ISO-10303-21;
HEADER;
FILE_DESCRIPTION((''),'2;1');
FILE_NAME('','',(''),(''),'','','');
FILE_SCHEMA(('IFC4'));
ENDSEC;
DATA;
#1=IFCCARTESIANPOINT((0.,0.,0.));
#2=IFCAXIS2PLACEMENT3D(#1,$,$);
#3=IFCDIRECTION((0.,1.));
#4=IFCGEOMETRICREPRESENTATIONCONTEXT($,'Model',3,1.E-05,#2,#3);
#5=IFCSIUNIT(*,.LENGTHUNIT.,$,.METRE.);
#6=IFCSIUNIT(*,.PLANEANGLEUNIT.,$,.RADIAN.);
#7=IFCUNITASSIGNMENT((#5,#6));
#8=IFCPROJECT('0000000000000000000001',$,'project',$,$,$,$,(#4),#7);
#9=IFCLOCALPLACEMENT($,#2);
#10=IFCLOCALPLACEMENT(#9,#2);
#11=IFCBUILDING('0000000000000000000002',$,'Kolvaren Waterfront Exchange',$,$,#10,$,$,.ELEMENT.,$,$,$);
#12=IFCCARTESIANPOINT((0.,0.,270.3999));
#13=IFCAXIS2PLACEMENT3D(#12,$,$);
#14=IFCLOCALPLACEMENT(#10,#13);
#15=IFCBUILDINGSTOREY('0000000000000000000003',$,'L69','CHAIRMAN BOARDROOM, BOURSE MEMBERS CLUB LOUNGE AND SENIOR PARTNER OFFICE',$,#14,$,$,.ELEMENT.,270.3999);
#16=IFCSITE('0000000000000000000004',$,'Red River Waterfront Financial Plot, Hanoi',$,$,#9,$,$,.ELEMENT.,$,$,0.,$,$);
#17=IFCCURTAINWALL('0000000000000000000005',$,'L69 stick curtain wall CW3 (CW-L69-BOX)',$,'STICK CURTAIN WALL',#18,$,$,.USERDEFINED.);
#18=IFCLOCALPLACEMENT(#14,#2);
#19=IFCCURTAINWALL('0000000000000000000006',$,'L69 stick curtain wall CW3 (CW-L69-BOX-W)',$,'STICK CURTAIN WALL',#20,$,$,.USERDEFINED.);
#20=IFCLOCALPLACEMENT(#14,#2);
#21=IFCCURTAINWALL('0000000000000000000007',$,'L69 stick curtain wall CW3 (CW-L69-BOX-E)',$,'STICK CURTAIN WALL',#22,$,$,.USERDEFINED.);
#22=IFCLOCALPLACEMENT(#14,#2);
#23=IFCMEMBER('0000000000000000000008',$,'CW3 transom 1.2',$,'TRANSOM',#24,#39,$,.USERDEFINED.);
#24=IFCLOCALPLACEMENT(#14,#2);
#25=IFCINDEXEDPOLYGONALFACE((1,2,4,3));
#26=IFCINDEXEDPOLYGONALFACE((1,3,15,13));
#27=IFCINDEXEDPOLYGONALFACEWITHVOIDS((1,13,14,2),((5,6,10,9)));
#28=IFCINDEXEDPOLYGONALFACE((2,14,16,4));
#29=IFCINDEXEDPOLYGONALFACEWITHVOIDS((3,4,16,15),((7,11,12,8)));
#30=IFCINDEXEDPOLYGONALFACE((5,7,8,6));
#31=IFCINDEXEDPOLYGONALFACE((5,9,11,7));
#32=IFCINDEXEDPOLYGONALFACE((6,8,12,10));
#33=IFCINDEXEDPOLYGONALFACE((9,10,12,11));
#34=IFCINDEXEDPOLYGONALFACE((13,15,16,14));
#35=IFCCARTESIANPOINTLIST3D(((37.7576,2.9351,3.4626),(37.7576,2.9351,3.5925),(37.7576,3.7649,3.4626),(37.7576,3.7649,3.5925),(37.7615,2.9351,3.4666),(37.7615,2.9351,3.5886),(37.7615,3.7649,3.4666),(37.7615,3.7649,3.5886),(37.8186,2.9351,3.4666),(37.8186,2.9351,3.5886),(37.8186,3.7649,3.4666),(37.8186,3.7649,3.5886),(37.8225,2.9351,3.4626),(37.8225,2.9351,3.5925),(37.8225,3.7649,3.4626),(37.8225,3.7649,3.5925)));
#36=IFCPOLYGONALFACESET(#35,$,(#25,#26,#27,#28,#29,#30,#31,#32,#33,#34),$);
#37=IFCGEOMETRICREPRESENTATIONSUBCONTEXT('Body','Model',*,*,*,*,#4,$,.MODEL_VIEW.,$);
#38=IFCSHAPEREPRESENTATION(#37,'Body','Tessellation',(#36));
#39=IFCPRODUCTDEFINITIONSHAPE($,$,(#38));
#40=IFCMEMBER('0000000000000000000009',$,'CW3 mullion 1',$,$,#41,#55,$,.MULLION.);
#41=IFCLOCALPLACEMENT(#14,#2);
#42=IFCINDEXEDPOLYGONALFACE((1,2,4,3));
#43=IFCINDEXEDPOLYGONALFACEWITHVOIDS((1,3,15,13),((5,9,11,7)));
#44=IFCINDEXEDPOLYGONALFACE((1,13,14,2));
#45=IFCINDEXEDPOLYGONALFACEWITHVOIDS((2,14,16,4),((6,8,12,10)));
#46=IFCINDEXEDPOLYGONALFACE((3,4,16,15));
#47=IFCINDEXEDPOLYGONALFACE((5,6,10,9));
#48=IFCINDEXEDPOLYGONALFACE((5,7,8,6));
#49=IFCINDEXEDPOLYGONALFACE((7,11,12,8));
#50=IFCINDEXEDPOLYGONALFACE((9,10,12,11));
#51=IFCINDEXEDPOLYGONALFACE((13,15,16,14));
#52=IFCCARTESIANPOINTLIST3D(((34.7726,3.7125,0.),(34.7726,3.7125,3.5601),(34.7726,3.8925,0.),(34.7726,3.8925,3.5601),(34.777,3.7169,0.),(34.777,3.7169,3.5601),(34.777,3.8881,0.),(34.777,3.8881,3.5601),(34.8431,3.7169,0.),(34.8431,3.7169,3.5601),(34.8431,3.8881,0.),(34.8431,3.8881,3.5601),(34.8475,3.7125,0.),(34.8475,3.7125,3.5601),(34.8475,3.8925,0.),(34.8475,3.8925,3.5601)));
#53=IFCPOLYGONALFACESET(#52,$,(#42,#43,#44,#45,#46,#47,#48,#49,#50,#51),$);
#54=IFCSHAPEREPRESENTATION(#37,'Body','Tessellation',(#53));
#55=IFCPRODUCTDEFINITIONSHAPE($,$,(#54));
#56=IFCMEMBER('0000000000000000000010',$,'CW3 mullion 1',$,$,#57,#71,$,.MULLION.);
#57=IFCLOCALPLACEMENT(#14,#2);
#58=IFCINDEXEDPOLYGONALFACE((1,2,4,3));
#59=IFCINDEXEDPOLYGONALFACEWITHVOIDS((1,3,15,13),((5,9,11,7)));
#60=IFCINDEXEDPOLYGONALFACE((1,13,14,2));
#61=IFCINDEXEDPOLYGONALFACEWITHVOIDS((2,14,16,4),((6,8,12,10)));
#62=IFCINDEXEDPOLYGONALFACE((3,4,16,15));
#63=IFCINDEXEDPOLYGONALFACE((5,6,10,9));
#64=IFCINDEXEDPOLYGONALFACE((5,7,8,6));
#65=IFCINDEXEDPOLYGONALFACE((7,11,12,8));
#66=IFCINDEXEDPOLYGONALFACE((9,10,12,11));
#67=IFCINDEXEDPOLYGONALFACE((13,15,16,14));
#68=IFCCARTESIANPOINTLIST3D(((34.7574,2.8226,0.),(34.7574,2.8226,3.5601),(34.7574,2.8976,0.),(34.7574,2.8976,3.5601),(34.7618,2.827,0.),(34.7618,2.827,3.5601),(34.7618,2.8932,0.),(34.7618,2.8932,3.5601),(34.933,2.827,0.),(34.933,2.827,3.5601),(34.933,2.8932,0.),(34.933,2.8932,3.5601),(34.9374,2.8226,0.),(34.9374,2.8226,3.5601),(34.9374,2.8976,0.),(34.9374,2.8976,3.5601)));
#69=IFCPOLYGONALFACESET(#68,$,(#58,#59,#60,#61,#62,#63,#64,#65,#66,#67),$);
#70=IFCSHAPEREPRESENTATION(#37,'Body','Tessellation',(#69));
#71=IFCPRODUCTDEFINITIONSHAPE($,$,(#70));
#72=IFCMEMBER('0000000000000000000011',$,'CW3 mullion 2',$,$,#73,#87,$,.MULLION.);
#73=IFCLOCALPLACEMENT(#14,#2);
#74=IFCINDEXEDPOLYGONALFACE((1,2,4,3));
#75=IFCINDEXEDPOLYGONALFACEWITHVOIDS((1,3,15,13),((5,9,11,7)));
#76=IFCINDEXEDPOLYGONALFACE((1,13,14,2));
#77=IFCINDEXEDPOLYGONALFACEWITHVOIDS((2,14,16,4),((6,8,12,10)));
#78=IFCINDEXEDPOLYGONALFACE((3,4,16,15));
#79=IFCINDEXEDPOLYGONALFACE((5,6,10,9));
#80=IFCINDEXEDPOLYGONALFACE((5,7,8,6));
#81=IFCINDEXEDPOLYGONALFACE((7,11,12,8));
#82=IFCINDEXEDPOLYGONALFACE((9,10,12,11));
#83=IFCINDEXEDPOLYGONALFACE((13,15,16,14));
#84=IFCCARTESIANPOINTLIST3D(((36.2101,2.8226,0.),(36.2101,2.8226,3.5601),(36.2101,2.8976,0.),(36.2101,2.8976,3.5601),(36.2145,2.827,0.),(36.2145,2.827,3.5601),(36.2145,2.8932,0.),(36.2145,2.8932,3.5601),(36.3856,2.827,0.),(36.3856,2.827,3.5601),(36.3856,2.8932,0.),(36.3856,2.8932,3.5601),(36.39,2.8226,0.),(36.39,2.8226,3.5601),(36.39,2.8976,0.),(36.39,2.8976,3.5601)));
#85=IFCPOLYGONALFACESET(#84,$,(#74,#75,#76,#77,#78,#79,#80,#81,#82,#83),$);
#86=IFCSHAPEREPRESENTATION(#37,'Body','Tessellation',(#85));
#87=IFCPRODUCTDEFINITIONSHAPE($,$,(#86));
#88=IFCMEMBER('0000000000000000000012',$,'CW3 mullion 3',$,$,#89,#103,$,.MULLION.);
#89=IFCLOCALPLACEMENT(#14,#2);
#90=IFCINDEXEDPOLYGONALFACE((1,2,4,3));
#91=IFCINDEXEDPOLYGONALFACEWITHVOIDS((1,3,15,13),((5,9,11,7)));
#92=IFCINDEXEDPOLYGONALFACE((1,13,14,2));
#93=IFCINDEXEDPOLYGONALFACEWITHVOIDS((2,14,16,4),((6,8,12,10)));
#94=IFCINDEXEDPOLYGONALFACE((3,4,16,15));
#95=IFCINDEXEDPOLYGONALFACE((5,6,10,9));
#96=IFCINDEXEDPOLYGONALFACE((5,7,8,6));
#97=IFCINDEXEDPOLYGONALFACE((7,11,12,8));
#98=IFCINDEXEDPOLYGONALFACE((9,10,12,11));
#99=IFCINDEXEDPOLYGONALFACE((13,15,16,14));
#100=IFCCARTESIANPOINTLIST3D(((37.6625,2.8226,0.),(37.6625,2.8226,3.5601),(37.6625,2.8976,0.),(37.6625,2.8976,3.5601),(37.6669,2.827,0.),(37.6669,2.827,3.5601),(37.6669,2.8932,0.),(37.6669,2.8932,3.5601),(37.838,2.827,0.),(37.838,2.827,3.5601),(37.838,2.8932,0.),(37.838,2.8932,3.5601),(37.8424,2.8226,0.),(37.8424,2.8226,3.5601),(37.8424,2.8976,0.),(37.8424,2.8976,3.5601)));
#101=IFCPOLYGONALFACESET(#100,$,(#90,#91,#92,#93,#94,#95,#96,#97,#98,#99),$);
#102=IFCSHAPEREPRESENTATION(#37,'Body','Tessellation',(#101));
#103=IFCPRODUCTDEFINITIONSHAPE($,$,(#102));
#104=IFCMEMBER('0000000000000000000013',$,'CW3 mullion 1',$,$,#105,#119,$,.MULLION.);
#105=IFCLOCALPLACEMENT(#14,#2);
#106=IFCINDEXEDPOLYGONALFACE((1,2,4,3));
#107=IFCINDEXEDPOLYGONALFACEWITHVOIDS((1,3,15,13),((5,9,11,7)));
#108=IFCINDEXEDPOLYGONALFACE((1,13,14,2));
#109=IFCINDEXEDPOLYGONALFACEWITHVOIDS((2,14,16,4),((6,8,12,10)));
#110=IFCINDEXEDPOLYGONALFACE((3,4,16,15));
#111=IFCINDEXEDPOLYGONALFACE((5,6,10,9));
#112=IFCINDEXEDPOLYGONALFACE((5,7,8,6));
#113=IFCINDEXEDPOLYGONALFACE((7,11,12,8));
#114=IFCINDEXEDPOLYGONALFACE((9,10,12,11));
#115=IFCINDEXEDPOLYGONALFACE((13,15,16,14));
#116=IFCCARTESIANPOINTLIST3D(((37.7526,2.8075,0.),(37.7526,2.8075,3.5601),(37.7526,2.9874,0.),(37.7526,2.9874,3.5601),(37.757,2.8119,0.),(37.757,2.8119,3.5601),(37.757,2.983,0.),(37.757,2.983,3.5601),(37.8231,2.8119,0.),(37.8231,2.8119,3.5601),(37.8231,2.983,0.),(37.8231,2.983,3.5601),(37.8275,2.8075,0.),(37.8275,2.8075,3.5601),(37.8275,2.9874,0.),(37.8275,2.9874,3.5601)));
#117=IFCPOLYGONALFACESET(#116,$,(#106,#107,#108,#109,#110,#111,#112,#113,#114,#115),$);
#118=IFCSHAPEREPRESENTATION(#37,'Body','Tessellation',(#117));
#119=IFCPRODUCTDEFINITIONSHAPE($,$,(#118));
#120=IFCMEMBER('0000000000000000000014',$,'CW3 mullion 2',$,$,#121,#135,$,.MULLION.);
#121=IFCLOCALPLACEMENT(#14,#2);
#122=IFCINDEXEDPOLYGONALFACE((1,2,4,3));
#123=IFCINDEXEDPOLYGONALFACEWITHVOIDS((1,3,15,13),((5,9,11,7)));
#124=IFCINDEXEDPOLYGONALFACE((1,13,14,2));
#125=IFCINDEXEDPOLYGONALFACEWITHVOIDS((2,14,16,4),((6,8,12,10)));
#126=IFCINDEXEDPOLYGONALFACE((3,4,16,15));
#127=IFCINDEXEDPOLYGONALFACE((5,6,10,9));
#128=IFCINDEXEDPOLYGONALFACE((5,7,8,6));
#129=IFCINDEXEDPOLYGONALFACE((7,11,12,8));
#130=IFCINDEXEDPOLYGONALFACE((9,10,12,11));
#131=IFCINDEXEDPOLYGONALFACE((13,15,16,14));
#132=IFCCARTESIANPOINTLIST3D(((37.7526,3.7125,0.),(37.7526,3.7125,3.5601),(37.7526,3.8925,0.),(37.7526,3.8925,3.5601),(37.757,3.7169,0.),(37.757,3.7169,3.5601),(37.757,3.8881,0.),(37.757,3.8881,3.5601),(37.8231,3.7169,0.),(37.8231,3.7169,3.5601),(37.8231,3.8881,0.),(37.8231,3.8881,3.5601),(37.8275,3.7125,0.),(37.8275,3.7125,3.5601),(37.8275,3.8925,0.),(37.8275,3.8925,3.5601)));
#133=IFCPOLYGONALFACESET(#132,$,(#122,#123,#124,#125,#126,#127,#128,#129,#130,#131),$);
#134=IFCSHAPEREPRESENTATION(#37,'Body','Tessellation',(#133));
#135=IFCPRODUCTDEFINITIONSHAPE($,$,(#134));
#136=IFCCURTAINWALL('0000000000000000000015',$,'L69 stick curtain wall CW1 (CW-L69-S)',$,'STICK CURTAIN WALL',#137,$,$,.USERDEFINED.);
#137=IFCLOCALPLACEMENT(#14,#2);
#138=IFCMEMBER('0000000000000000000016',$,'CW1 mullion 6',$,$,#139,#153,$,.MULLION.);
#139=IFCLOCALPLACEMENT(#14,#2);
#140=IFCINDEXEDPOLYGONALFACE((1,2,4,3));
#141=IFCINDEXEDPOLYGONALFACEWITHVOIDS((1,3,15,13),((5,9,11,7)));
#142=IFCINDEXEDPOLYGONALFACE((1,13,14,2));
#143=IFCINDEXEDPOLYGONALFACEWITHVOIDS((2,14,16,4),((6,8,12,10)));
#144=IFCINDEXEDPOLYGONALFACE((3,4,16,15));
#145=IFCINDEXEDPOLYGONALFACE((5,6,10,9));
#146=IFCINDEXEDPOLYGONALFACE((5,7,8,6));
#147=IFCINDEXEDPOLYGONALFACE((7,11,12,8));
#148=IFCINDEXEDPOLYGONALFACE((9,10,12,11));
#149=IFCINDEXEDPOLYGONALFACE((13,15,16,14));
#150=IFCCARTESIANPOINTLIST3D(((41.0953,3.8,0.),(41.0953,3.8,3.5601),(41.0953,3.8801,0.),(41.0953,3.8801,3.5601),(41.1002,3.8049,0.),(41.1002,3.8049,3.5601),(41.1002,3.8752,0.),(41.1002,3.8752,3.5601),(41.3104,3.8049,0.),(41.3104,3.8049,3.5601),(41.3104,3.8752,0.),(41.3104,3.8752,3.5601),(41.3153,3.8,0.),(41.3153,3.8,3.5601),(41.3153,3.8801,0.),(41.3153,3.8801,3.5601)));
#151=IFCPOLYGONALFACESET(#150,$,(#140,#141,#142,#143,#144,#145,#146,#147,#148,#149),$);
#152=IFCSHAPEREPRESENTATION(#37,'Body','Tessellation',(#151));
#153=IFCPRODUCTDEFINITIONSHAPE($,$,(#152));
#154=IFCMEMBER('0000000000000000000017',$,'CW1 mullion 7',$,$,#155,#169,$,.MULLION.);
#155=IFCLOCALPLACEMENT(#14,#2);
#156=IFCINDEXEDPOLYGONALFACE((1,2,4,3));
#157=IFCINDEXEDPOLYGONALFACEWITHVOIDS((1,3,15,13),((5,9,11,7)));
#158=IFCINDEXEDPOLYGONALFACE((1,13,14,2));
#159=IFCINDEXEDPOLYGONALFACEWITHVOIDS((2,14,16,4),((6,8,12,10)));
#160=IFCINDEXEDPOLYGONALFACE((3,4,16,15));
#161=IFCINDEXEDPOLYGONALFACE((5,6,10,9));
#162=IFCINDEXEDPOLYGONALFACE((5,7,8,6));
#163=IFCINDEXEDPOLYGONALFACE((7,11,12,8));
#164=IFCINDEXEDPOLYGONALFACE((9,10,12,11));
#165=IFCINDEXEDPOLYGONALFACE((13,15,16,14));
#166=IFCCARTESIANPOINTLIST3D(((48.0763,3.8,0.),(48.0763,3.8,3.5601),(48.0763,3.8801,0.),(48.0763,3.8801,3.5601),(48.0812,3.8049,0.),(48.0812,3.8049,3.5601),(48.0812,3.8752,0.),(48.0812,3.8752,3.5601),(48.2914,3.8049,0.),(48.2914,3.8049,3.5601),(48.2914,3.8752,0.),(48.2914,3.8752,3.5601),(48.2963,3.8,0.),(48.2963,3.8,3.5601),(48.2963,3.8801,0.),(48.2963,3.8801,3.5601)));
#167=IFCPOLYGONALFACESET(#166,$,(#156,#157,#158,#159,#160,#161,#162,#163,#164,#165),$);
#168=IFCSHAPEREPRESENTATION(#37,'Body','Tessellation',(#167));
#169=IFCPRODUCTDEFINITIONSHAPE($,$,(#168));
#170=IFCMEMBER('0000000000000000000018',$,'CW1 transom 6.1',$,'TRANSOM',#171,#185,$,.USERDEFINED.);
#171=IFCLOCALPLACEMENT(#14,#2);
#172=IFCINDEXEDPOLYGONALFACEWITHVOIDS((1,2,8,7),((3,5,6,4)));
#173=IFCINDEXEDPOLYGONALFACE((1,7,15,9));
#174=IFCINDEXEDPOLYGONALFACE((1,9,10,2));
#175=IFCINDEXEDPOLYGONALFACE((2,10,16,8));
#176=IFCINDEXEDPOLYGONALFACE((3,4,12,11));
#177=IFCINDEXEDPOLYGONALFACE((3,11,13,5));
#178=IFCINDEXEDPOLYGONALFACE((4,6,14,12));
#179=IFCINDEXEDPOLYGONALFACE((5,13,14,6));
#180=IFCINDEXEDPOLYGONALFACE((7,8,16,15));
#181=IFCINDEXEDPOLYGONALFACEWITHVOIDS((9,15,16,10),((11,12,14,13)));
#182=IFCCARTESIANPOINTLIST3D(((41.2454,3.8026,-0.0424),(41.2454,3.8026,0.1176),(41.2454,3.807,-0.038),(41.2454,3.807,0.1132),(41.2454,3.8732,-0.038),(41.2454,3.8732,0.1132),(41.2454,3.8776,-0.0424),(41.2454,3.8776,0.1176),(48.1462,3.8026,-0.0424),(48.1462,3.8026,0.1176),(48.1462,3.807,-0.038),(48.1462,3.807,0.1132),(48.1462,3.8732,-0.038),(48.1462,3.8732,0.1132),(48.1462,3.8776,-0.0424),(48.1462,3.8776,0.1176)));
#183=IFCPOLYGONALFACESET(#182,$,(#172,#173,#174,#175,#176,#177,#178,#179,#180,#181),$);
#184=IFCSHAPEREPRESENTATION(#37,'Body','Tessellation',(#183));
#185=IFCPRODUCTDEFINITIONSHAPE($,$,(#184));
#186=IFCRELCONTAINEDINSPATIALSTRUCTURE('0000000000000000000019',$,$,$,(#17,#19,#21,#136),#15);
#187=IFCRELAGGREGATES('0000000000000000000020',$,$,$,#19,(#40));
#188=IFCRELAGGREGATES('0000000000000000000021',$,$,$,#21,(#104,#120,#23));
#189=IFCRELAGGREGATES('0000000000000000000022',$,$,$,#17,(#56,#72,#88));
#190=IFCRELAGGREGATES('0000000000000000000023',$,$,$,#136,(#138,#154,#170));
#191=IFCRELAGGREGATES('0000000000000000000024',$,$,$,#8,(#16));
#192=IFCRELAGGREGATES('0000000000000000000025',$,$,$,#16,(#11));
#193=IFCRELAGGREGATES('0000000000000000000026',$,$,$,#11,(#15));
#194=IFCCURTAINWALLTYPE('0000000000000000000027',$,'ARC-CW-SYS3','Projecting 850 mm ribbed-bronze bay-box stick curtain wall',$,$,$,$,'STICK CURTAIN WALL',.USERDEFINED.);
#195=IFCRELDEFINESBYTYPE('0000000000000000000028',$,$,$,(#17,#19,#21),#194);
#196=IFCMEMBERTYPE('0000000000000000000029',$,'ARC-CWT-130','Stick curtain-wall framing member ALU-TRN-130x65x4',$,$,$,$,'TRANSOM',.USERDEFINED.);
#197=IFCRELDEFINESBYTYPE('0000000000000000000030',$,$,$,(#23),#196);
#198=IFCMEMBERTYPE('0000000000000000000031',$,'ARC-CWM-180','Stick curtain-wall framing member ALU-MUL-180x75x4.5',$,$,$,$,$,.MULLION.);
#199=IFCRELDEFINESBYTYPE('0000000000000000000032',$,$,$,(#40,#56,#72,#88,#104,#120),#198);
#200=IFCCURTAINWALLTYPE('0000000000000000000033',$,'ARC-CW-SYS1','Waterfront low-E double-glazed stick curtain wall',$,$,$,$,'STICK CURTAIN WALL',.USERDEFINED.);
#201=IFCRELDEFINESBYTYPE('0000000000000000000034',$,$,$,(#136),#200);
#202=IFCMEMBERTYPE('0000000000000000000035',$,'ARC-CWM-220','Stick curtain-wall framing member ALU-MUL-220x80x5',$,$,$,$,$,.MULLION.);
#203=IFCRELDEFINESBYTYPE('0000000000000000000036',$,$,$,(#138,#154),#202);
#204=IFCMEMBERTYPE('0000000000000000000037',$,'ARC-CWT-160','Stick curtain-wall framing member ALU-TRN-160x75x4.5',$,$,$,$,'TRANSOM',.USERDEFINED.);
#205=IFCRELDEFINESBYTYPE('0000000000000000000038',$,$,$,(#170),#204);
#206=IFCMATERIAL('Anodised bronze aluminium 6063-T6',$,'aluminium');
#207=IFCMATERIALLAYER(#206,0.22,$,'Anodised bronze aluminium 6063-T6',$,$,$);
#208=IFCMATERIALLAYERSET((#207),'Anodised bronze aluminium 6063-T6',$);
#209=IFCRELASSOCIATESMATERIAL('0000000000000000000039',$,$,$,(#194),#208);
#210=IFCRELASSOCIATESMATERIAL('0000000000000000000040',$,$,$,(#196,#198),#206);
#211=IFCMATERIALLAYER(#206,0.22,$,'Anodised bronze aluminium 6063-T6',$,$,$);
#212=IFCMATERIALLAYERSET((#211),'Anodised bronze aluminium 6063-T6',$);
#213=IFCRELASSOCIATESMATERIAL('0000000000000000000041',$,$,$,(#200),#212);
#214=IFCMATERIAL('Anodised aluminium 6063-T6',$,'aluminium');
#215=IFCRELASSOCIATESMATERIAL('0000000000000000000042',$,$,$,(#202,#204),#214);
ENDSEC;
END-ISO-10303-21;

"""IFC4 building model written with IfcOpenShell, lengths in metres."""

from ifc_helpers import new_model, si_unit, direction, frame, origin, origin_with_axes, origin_2d, place, context, subcontext, project, spatial, hollow_rectangle, extrude, source, transform, mapped, material, layer, layer_set, material_profile, profile_set, type_object, element, aggregate, save


model = new_model("IFC4")

# Units and contexts
model_context = context("Model", 3, precision=1e-05, world=origin(), true_north=direction((0.0, 1.0)))
body_context = subcontext(model_context, "Body", "Model", "MODEL_VIEW")
ifc_project = project(units=[si_unit("LENGTHUNIT", "METRE"), si_unit("PLANEANGLEUNIT", "RADIAN")], contexts=[model_context])

# Site, building, storey
site_placement = place(None, origin())
site = spatial("IfcSite", under=ifc_project, at=site_placement, Name="Red River Waterfront Financial Plot, Hanoi", CompositionType="ELEMENT", RefElevation=0.0)
building_placement = place(site_placement, origin())
building = spatial("IfcBuilding", under=site, at=building_placement, Name="Kolvaren Waterfront Exchange", CompositionType="ELEMENT")
storey_placement = place(building_placement, frame((0.0, 0.0, 270.3999)))
storey = spatial("IfcBuildingStorey", under=building, at=storey_placement, Name="L69", Description="CHAIRMAN BOARDROOM, BOURSE MEMBERS CLUB LOUNGE AND SENIOR PARTNER OFFICE", CompositionType="ELEMENT", Elevation=270.3999)

# Curtain walls, member
ifc_material_1 = material(Name="Anodised bronze aluminium 6063-T6", Category="aluminium")
ifc_layer_1 = layer(ifc_material_1, 0.22, Name="Anodised bronze aluminium 6063-T6")
ifc_layer_set_1 = layer_set([ifc_layer_1], Name="Anodised bronze aluminium 6063-T6")
curtain_wall_type_1 = type_object("IfcCurtainWallType", Name="ARC-CW-SYS3", Description="Projecting 850 mm ribbed-bronze bay-box stick curtain wall", ElementType="STICK CURTAIN WALL", PredefinedType="USERDEFINED", material=ifc_layer_set_1)
curtain_wall_1_placement = place(storey_placement, origin())
curtain_wall_1 = element("IfcCurtainWall", 1, at=curtain_wall_1_placement, inside=storey, type_object=curtain_wall_type_1, Name="L69 stick curtain wall CW3 (CW-L69-BOX)", ObjectType="STICK CURTAIN WALL", PredefinedType="USERDEFINED")
ifc_material_profile_1 = material_profile(ifc_material_1, hollow_rectangle(XDim=0.0649, YDim=0.1299, WallThickness=0.0039, at=origin_2d()), Name="ALU-TRN-130x65x4")
ifc_profile_set_1 = profile_set([ifc_material_profile_1], Name="Anodised bronze aluminium 6063-T6")
member_type_1 = type_object("IfcMemberType", Name="ARC-CWT-130", Description="Stick curtain-wall framing member ALU-TRN-130x65x4", ElementType="TRANSOM", PredefinedType="USERDEFINED", material=ifc_profile_set_1)
curtain_wall_2_placement = place(storey_placement, origin())
curtain_wall_2 = element("IfcCurtainWall", 2, at=curtain_wall_2_placement, inside=storey, type_object=curtain_wall_type_1, Name="L69 stick curtain wall CW3 (CW-L69-BOX-W)", ObjectType="STICK CURTAIN WALL", PredefinedType="USERDEFINED")
shared_shape_1 = source(origin_with_axes(), body_context, "Body", "SweptSolid", [
    extrude(hollow_rectangle(XDim=0.0649, YDim=0.1299, WallThickness=0.0039, at=origin_2d()), origin(), (0.0, 0.0, 1.0), 0.8298),
])
curtain_wall_3_placement = place(storey_placement, origin())
curtain_wall_3 = element("IfcCurtainWall", 3, at=curtain_wall_3_placement, inside=storey, type_object=curtain_wall_type_1, Name="L69 stick curtain wall CW3 (CW-L69-BOX-E)", ObjectType="STICK CURTAIN WALL", PredefinedType="USERDEFINED")
member_1_placement = place(storey_placement, frame((37.79, 2.9351, 3.5276), z_axis=(0.0, 1.0, 0.0), x_axis=(-1.0, 0.0, 0.0)))
member_1 = element("IfcMember", 4, at=member_1_placement, type_object=member_type_1, Name="CW3 transom 1.2", ObjectType="TRANSOM", PredefinedType="USERDEFINED", context=body_context, shape_type="MappedRepresentation", body=[
    mapped(shared_shape_1, transform((0.0, 0.0, 0.0), x_axis=(1.0, 0.0, 0.0), y_axis=(0.0, 1.0, 0.0), z_axis=(0.0, 0.0, 1.0), scale=1.0)),
])

# Members
ifc_material_profile_2 = material_profile(ifc_material_1, hollow_rectangle(XDim=0.075, YDim=0.1799, WallThickness=0.0044, at=origin_2d()), Name="ALU-MUL-180x75x4.5")
ifc_profile_set_2 = profile_set([ifc_material_profile_2], Name="Anodised bronze aluminium 6063-T6")
member_type_2 = type_object("IfcMemberType", Name="ARC-CWM-180", Description="Stick curtain-wall framing member ALU-MUL-180x75x4.5", PredefinedType="MULLION", material=ifc_profile_set_2)
shared_shape_2 = source(origin_with_axes(), body_context, "Body", "SweptSolid", [
    extrude(hollow_rectangle(XDim=0.075, YDim=0.1799, WallThickness=0.0044, at=origin_2d()), origin(), (0.0, 0.0, 1.0), 3.5601),
])
member_2_placement = place(storey_placement, frame((34.8101, 3.8025, 0.0), z_axis=(0.0, 0.0, 1.0), x_axis=(1.0, 0.0, 0.0)))
member_2 = element("IfcMember", 5, at=member_2_placement, type_object=member_type_2, Name="CW3 mullion 1", PredefinedType="MULLION", context=body_context, shape_type="MappedRepresentation", body=[
    mapped(shared_shape_2, transform((0.0, 0.0, 0.0), x_axis=(1.0, 0.0, 0.0), y_axis=(0.0, 1.0, 0.0), z_axis=(0.0, 0.0, 1.0), scale=1.0)),
])
member_3_placement = place(storey_placement, frame((34.8474, 2.8601, 0.0), z_axis=(0.0, 0.0, 1.0), x_axis=(0.0, 1.0, 0.0)))
member_3 = element("IfcMember", 6, at=member_3_placement, type_object=member_type_2, Name="CW3 mullion 1", PredefinedType="MULLION", context=body_context, shape_type="MappedRepresentation", body=[
    mapped(shared_shape_2, transform((0.0, 0.0, 0.0), x_axis=(1.0, 0.0, 0.0), y_axis=(0.0, 1.0, 0.0), z_axis=(0.0, 0.0, 1.0), scale=1.0)),
])
member_4_placement = place(storey_placement, frame((36.3, 2.8601, 0.0), z_axis=(0.0, 0.0, 1.0), x_axis=(0.0, 1.0, 0.0)))
member_4 = element("IfcMember", 7, at=member_4_placement, type_object=member_type_2, Name="CW3 mullion 2", PredefinedType="MULLION", context=body_context, shape_type="MappedRepresentation", body=[
    mapped(shared_shape_2, transform((0.0, 0.0, 0.0), x_axis=(1.0, 0.0, 0.0), y_axis=(0.0, 1.0, 0.0), z_axis=(0.0, 0.0, 1.0), scale=1.0)),
])
member_5_placement = place(storey_placement, frame((37.7524, 2.8601, 0.0), z_axis=(0.0, 0.0, 1.0), x_axis=(0.0, 1.0, 0.0)))
member_5 = element("IfcMember", 8, at=member_5_placement, type_object=member_type_2, Name="CW3 mullion 3", PredefinedType="MULLION", context=body_context, shape_type="MappedRepresentation", body=[
    mapped(shared_shape_2, transform((0.0, 0.0, 0.0), x_axis=(1.0, 0.0, 0.0), y_axis=(0.0, 1.0, 0.0), z_axis=(0.0, 0.0, 1.0), scale=1.0)),
])
member_6_placement = place(storey_placement, frame((37.79, 2.8975, 0.0), z_axis=(0.0, 0.0, 1.0), x_axis=(-1.0, 0.0, 0.0)))
member_6 = element("IfcMember", 9, at=member_6_placement, type_object=member_type_2, Name="CW3 mullion 1", PredefinedType="MULLION", context=body_context, shape_type="MappedRepresentation", body=[
    mapped(shared_shape_2, transform((0.0, 0.0, 0.0), x_axis=(1.0, 0.0, 0.0), y_axis=(0.0, 1.0, 0.0), z_axis=(0.0, 0.0, 1.0), scale=1.0)),
])
member_7_placement = place(storey_placement, frame((37.79, 3.8025, 0.0), z_axis=(0.0, 0.0, 1.0), x_axis=(-1.0, 0.0, 0.0)))
member_7 = element("IfcMember", 10, at=member_7_placement, type_object=member_type_2, Name="CW3 mullion 2", PredefinedType="MULLION", context=body_context, shape_type="MappedRepresentation", body=[
    mapped(shared_shape_2, transform((0.0, 0.0, 0.0), x_axis=(1.0, 0.0, 0.0), y_axis=(0.0, 1.0, 0.0), z_axis=(0.0, 0.0, 1.0), scale=1.0)),
])

# Curtain wall, members
ifc_layer_2 = layer(ifc_material_1, 0.22, Name="Anodised bronze aluminium 6063-T6")
ifc_layer_set_2 = layer_set([ifc_layer_2], Name="Anodised bronze aluminium 6063-T6")
curtain_wall_type_2 = type_object("IfcCurtainWallType", Name="ARC-CW-SYS1", Description="Waterfront low-E double-glazed stick curtain wall", ElementType="STICK CURTAIN WALL", PredefinedType="USERDEFINED", material=ifc_layer_set_2)
curtain_wall_4_placement = place(storey_placement, origin())
curtain_wall_4 = element("IfcCurtainWall", 11, at=curtain_wall_4_placement, inside=storey, type_object=curtain_wall_type_2, Name="L69 stick curtain wall CW1 (CW-L69-S)", ObjectType="STICK CURTAIN WALL", PredefinedType="USERDEFINED")
ifc_material_2 = material(Name="Anodised aluminium 6063-T6", Category="aluminium")
ifc_material_profile_3 = material_profile(ifc_material_2, hollow_rectangle(XDim=0.0801, YDim=0.22, WallThickness=0.0049, at=origin_2d()), Name="ALU-MUL-220x80x5")
ifc_profile_set_3 = profile_set([ifc_material_profile_3], Name="Anodised aluminium 6063-T6")
member_type_3 = type_object("IfcMemberType", Name="ARC-CWM-220", Description="Stick curtain-wall framing member ALU-MUL-220x80x5", PredefinedType="MULLION", material=ifc_profile_set_3)
shared_shape_3 = source(origin_with_axes(), body_context, "Body", "SweptSolid", [
    extrude(hollow_rectangle(XDim=0.0801, YDim=0.22, WallThickness=0.0049, at=origin_2d()), origin(), (0.0, 0.0, 1.0), 3.5601),
])
member_8_placement = place(storey_placement, frame((41.2053, 3.8401, 0.0), z_axis=(0.0, 0.0, 1.0), x_axis=(0.0, 1.0, 0.0)))
member_8 = element("IfcMember", 12, at=member_8_placement, type_object=member_type_3, Name="CW1 mullion 6", PredefinedType="MULLION", context=body_context, shape_type="MappedRepresentation", body=[
    mapped(shared_shape_3, transform((0.0, 0.0, 0.0), x_axis=(1.0, 0.0, 0.0), y_axis=(0.0, 1.0, 0.0), z_axis=(0.0, 0.0, 1.0), scale=1.0)),
])
member_9_placement = place(storey_placement, frame((48.1863, 3.8401, 0.0), z_axis=(0.0, 0.0, 1.0), x_axis=(0.0, 1.0, 0.0)))
member_9 = element("IfcMember", 13, at=member_9_placement, type_object=member_type_3, Name="CW1 mullion 7", PredefinedType="MULLION", context=body_context, shape_type="MappedRepresentation", body=[
    mapped(shared_shape_3, transform((0.0, 0.0, 0.0), x_axis=(1.0, 0.0, 0.0), y_axis=(0.0, 1.0, 0.0), z_axis=(0.0, 0.0, 1.0), scale=1.0)),
])
ifc_material_profile_4 = material_profile(ifc_material_2, hollow_rectangle(XDim=0.075, YDim=0.1599, WallThickness=0.0044, at=origin_2d()), Name="ALU-TRN-160x75x4.5")
ifc_profile_set_4 = profile_set([ifc_material_profile_4], Name="Anodised aluminium 6063-T6")
member_type_4 = type_object("IfcMemberType", Name="ARC-CWT-160", Description="Stick curtain-wall framing member ALU-TRN-160x75x4.5", ElementType="TRANSOM", PredefinedType="USERDEFINED", material=ifc_profile_set_4)
shared_shape_4 = source(origin_with_axes(), body_context, "Body", "SweptSolid", [
    extrude(hollow_rectangle(XDim=0.075, YDim=0.1599, WallThickness=0.0044, at=origin_2d()), origin(), (0.0, 0.0, 1.0), 6.9009),
])
member_10_placement = place(storey_placement, frame((41.2454, 3.8401, 0.0376), z_axis=(1.0, 0.0, 0.0), x_axis=(0.0, 1.0, 0.0)))
member_10 = element("IfcMember", 14, at=member_10_placement, type_object=member_type_4, Name="CW1 transom 6.1", ObjectType="TRANSOM", PredefinedType="USERDEFINED", context=body_context, shape_type="MappedRepresentation", body=[
    mapped(shared_shape_4, transform((0.0, 0.0, 0.0), x_axis=(1.0, 0.0, 0.0), y_axis=(0.0, 1.0, 0.0), z_axis=(0.0, 0.0, 1.0), scale=1.0)),
])

aggregate(curtain_wall_2, [member_2])
aggregate(curtain_wall_3, [member_6, member_7, member_1])
aggregate(curtain_wall_1, [member_3, member_4, member_5])
aggregate(curtain_wall_4, [member_8, member_9, member_10])

save(model, "model.ifc")
